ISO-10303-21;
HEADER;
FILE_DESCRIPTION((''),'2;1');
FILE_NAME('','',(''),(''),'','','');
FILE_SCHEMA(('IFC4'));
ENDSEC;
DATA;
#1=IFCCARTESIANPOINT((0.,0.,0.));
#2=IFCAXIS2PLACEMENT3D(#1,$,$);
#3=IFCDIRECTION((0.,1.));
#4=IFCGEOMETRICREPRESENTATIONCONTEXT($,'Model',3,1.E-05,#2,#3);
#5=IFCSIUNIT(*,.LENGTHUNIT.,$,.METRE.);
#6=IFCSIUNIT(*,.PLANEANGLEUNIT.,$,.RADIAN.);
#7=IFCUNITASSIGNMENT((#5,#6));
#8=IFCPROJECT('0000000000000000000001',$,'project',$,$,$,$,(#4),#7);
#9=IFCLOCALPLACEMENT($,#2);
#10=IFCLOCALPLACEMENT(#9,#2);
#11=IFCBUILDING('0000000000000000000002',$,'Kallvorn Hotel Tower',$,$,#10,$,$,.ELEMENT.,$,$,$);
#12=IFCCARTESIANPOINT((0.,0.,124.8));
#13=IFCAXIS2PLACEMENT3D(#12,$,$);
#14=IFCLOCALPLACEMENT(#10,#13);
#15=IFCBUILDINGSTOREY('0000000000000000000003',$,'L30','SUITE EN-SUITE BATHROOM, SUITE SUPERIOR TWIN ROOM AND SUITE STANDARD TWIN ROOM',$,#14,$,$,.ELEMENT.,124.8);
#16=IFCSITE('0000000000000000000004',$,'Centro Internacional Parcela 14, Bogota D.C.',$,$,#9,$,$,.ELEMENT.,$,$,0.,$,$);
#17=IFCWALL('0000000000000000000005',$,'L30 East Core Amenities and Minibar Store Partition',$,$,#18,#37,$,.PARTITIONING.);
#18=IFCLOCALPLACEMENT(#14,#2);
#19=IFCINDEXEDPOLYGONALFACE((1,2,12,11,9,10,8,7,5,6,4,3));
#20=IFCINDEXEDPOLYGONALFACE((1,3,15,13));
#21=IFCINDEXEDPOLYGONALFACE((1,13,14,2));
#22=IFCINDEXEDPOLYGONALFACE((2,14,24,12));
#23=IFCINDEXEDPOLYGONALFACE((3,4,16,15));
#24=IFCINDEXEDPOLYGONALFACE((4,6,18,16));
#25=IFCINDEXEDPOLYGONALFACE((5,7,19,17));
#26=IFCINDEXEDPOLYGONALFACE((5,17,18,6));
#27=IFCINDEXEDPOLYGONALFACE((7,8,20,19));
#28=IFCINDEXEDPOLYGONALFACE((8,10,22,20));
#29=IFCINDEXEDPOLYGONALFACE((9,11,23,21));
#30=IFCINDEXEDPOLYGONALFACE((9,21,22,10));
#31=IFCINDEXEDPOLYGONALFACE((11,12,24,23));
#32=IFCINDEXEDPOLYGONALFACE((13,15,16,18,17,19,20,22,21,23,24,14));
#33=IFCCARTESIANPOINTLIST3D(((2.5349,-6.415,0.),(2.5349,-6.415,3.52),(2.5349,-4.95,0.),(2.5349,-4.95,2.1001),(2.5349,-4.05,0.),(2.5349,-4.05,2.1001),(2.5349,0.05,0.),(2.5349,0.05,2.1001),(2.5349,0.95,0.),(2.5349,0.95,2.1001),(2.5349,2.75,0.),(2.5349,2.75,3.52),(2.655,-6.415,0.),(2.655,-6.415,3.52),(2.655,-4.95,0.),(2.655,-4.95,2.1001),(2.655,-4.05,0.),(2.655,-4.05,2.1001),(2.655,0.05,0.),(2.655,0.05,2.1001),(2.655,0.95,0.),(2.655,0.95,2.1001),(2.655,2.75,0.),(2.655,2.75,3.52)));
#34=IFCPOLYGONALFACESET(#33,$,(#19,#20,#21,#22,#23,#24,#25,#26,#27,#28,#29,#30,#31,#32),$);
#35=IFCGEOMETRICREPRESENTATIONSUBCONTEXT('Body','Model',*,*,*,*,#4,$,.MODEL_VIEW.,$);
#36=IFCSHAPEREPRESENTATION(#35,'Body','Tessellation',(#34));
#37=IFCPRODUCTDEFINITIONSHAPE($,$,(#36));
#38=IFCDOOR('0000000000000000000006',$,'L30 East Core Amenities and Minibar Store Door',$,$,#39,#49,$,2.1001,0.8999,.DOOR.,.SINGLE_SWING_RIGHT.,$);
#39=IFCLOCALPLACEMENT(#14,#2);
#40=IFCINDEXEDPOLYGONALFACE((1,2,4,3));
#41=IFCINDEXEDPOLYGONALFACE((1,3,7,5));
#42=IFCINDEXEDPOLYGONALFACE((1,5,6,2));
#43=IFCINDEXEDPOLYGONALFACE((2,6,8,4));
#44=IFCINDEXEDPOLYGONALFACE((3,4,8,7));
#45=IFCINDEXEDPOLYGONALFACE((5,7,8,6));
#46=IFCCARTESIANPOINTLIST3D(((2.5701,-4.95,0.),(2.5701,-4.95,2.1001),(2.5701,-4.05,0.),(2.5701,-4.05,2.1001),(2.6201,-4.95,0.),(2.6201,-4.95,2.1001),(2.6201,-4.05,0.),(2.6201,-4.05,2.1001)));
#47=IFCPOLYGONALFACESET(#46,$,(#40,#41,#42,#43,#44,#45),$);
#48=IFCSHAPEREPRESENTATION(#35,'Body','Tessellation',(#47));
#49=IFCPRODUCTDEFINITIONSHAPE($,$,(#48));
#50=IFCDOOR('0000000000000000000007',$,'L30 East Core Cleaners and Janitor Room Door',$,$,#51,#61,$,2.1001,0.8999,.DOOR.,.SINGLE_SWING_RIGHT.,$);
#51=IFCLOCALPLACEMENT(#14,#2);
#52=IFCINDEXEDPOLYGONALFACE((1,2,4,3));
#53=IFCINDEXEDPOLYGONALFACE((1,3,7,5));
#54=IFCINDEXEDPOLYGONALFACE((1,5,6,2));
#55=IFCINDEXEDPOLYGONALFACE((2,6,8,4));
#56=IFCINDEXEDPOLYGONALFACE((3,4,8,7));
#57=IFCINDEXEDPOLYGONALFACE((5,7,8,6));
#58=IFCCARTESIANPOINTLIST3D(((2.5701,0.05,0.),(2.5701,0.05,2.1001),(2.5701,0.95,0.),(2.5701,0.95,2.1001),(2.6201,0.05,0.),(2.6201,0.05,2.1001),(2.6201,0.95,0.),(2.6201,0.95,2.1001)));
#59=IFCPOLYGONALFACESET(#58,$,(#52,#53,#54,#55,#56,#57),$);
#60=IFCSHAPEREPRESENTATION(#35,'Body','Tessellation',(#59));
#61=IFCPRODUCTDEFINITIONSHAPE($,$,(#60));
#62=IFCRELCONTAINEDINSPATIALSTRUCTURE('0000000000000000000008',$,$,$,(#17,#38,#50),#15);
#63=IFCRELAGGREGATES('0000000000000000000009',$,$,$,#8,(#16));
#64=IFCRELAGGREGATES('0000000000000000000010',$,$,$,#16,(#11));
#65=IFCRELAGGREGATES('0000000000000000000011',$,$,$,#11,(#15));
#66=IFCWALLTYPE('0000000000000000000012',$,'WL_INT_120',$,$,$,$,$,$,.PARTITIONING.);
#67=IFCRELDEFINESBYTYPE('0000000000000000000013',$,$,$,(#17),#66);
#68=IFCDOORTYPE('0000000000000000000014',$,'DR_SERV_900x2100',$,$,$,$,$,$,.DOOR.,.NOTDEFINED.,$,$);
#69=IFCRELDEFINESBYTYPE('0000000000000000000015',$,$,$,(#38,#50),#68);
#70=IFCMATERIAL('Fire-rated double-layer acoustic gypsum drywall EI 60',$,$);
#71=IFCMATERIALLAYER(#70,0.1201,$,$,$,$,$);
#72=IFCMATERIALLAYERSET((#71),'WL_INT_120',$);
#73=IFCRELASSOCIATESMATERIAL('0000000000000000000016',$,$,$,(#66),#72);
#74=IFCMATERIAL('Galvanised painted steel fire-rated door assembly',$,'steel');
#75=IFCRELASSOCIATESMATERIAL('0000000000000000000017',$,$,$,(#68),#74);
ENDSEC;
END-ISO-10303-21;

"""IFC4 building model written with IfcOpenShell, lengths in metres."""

from ifc_helpers import new_model, si_unit, direction, frame, frame_2d, origin, place, context, subcontext, project, spatial, rectangle, extrude, material, layer, layer_set, type_object, element, fill, save


model = new_model("IFC4")

# Units and contexts
model_context = context("Model", 3, precision=1e-05, world=origin(), true_north=direction((0.0, 1.0)))
body_context = subcontext(model_context, "Body", "Model", "MODEL_VIEW")
ifc_project = project(units=[si_unit("LENGTHUNIT", "METRE"), si_unit("PLANEANGLEUNIT", "RADIAN")], contexts=[model_context])

# Site, building, storey
site_placement = place(None, origin())
site = spatial("IfcSite", under=ifc_project, at=site_placement, Name="Centro Internacional Parcela 14, Bogota D.C.", CompositionType="ELEMENT", RefElevation=0.0)
building_placement = place(site_placement, origin())
building = spatial("IfcBuilding", under=site, at=building_placement, Name="Kallvorn Hotel Tower", CompositionType="ELEMENT")
storey_placement = place(building_placement, frame((0.0, 0.0, 124.8)))
storey = spatial("IfcBuildingStorey", under=building, at=storey_placement, Name="L30", Description="SUITE EN-SUITE BATHROOM, SUITE SUPERIOR TWIN ROOM AND SUITE STANDARD TWIN ROOM", CompositionType="ELEMENT", Elevation=124.8)

# Shared definitions
ifc_material_1 = material(Name="Fire-rated double-layer acoustic gypsum drywall EI 60")
ifc_layer_1 = layer(ifc_material_1, 0.1201)
ifc_layer_set_1 = layer_set([ifc_layer_1], Name="WL_INT_120")
wall_type_1 = type_object("IfcWallType", Name="WL_INT_120", PredefinedType="PARTITIONING", material=ifc_layer_set_1)

# Wall, openings, doors
wall_1_placement = place(storey_placement, frame((2.595, -6.415, 0.0), z_axis=(0.0, 0.0, 1.0), x_axis=(0.0, 1.0, 0.0)))
wall_1 = element("IfcWall", 1, at=wall_1_placement, inside=storey, type_object=wall_type_1, Name="L30 East Core Amenities and Minibar Store Partition", PredefinedType="PARTITIONING", context=body_context, shape_type="SweptSolid", body=[
    extrude(rectangle(XDim=9.165, YDim=0.1201, at=frame_2d((4.5825, 0.0))), origin(), (0.0, 0.0, 1.0), 3.52),
])
opening_1_placement = place(wall_1_placement, frame((1.4651, 0.0, 0.0)))
opening_1 = element("IfcOpeningElement", 2, at=opening_1_placement, cuts=wall_1, PredefinedType="OPENING", context=body_context, shape_type="SweptSolid", body=[
    extrude(rectangle(XDim=0.8999, YDim=2.1001, at=frame_2d((0.45, 1.05))), frame((0.0, 0.075, 0.0), z_axis=(0.0, -1.0, 0.0), x_axis=(1.0, 0.0, 0.0)), (0.0, 0.0, 1.0), 0.1501),
])
opening_2_placement = place(wall_1_placement, frame((6.4651, 0.0, 0.0)))
opening_2 = element("IfcOpeningElement", 3, at=opening_2_placement, cuts=wall_1, PredefinedType="OPENING", context=body_context, shape_type="SweptSolid", body=[
    extrude(rectangle(XDim=0.8999, YDim=2.1001, at=frame_2d((0.45, 1.05))), frame((0.0, 0.075, 0.0), z_axis=(0.0, -1.0, 0.0), x_axis=(1.0, 0.0, 0.0)), (0.0, 0.0, 1.0), 0.1501),
])
ifc_material_2 = material(Name="Galvanised painted steel fire-rated door assembly", Category="steel")
door_type_1 = type_object("IfcDoorType", Name="DR_SERV_900x2100", OperationType="NOTDEFINED", PredefinedType="DOOR", material=ifc_material_2)
door_1_placement = place(opening_1_placement, origin())
door_1 = element("IfcDoor", 4, at=door_1_placement, inside=storey, type_object=door_type_1, Name="L30 East Core Amenities and Minibar Store Door", OperationType="SINGLE_SWING_RIGHT", OverallHeight=2.1001, OverallWidth=0.8999, PredefinedType="DOOR", context=body_context, shape_type="SweptSolid", body=[
    extrude(rectangle(XDim=0.8999, YDim=2.1001, at=frame_2d((0.45, 1.05))), frame((0.0, 0.0249, 0.0), z_axis=(0.0, -1.0, 0.0), x_axis=(1.0, 0.0, 0.0)), (0.0, 0.0, 1.0), 0.05),
])
fill(opening_1, door_1)
door_2_placement = place(opening_2_placement, origin())
door_2 = element("IfcDoor", 5, at=door_2_placement, inside=storey, type_object=door_type_1, Name="L30 East Core Cleaners and Janitor Room Door", OperationType="SINGLE_SWING_RIGHT", OverallHeight=2.1001, OverallWidth=0.8999, PredefinedType="DOOR", context=body_context, shape_type="SweptSolid", body=[
    extrude(rectangle(XDim=0.8999, YDim=2.1001, at=frame_2d((0.45, 1.05))), frame((0.0, 0.0249, 0.0), z_axis=(0.0, -1.0, 0.0), x_axis=(1.0, 0.0, 0.0)), (0.0, 0.0, 1.0), 0.05),
])
fill(opening_2, door_2)

save(model, "model.ifc")
